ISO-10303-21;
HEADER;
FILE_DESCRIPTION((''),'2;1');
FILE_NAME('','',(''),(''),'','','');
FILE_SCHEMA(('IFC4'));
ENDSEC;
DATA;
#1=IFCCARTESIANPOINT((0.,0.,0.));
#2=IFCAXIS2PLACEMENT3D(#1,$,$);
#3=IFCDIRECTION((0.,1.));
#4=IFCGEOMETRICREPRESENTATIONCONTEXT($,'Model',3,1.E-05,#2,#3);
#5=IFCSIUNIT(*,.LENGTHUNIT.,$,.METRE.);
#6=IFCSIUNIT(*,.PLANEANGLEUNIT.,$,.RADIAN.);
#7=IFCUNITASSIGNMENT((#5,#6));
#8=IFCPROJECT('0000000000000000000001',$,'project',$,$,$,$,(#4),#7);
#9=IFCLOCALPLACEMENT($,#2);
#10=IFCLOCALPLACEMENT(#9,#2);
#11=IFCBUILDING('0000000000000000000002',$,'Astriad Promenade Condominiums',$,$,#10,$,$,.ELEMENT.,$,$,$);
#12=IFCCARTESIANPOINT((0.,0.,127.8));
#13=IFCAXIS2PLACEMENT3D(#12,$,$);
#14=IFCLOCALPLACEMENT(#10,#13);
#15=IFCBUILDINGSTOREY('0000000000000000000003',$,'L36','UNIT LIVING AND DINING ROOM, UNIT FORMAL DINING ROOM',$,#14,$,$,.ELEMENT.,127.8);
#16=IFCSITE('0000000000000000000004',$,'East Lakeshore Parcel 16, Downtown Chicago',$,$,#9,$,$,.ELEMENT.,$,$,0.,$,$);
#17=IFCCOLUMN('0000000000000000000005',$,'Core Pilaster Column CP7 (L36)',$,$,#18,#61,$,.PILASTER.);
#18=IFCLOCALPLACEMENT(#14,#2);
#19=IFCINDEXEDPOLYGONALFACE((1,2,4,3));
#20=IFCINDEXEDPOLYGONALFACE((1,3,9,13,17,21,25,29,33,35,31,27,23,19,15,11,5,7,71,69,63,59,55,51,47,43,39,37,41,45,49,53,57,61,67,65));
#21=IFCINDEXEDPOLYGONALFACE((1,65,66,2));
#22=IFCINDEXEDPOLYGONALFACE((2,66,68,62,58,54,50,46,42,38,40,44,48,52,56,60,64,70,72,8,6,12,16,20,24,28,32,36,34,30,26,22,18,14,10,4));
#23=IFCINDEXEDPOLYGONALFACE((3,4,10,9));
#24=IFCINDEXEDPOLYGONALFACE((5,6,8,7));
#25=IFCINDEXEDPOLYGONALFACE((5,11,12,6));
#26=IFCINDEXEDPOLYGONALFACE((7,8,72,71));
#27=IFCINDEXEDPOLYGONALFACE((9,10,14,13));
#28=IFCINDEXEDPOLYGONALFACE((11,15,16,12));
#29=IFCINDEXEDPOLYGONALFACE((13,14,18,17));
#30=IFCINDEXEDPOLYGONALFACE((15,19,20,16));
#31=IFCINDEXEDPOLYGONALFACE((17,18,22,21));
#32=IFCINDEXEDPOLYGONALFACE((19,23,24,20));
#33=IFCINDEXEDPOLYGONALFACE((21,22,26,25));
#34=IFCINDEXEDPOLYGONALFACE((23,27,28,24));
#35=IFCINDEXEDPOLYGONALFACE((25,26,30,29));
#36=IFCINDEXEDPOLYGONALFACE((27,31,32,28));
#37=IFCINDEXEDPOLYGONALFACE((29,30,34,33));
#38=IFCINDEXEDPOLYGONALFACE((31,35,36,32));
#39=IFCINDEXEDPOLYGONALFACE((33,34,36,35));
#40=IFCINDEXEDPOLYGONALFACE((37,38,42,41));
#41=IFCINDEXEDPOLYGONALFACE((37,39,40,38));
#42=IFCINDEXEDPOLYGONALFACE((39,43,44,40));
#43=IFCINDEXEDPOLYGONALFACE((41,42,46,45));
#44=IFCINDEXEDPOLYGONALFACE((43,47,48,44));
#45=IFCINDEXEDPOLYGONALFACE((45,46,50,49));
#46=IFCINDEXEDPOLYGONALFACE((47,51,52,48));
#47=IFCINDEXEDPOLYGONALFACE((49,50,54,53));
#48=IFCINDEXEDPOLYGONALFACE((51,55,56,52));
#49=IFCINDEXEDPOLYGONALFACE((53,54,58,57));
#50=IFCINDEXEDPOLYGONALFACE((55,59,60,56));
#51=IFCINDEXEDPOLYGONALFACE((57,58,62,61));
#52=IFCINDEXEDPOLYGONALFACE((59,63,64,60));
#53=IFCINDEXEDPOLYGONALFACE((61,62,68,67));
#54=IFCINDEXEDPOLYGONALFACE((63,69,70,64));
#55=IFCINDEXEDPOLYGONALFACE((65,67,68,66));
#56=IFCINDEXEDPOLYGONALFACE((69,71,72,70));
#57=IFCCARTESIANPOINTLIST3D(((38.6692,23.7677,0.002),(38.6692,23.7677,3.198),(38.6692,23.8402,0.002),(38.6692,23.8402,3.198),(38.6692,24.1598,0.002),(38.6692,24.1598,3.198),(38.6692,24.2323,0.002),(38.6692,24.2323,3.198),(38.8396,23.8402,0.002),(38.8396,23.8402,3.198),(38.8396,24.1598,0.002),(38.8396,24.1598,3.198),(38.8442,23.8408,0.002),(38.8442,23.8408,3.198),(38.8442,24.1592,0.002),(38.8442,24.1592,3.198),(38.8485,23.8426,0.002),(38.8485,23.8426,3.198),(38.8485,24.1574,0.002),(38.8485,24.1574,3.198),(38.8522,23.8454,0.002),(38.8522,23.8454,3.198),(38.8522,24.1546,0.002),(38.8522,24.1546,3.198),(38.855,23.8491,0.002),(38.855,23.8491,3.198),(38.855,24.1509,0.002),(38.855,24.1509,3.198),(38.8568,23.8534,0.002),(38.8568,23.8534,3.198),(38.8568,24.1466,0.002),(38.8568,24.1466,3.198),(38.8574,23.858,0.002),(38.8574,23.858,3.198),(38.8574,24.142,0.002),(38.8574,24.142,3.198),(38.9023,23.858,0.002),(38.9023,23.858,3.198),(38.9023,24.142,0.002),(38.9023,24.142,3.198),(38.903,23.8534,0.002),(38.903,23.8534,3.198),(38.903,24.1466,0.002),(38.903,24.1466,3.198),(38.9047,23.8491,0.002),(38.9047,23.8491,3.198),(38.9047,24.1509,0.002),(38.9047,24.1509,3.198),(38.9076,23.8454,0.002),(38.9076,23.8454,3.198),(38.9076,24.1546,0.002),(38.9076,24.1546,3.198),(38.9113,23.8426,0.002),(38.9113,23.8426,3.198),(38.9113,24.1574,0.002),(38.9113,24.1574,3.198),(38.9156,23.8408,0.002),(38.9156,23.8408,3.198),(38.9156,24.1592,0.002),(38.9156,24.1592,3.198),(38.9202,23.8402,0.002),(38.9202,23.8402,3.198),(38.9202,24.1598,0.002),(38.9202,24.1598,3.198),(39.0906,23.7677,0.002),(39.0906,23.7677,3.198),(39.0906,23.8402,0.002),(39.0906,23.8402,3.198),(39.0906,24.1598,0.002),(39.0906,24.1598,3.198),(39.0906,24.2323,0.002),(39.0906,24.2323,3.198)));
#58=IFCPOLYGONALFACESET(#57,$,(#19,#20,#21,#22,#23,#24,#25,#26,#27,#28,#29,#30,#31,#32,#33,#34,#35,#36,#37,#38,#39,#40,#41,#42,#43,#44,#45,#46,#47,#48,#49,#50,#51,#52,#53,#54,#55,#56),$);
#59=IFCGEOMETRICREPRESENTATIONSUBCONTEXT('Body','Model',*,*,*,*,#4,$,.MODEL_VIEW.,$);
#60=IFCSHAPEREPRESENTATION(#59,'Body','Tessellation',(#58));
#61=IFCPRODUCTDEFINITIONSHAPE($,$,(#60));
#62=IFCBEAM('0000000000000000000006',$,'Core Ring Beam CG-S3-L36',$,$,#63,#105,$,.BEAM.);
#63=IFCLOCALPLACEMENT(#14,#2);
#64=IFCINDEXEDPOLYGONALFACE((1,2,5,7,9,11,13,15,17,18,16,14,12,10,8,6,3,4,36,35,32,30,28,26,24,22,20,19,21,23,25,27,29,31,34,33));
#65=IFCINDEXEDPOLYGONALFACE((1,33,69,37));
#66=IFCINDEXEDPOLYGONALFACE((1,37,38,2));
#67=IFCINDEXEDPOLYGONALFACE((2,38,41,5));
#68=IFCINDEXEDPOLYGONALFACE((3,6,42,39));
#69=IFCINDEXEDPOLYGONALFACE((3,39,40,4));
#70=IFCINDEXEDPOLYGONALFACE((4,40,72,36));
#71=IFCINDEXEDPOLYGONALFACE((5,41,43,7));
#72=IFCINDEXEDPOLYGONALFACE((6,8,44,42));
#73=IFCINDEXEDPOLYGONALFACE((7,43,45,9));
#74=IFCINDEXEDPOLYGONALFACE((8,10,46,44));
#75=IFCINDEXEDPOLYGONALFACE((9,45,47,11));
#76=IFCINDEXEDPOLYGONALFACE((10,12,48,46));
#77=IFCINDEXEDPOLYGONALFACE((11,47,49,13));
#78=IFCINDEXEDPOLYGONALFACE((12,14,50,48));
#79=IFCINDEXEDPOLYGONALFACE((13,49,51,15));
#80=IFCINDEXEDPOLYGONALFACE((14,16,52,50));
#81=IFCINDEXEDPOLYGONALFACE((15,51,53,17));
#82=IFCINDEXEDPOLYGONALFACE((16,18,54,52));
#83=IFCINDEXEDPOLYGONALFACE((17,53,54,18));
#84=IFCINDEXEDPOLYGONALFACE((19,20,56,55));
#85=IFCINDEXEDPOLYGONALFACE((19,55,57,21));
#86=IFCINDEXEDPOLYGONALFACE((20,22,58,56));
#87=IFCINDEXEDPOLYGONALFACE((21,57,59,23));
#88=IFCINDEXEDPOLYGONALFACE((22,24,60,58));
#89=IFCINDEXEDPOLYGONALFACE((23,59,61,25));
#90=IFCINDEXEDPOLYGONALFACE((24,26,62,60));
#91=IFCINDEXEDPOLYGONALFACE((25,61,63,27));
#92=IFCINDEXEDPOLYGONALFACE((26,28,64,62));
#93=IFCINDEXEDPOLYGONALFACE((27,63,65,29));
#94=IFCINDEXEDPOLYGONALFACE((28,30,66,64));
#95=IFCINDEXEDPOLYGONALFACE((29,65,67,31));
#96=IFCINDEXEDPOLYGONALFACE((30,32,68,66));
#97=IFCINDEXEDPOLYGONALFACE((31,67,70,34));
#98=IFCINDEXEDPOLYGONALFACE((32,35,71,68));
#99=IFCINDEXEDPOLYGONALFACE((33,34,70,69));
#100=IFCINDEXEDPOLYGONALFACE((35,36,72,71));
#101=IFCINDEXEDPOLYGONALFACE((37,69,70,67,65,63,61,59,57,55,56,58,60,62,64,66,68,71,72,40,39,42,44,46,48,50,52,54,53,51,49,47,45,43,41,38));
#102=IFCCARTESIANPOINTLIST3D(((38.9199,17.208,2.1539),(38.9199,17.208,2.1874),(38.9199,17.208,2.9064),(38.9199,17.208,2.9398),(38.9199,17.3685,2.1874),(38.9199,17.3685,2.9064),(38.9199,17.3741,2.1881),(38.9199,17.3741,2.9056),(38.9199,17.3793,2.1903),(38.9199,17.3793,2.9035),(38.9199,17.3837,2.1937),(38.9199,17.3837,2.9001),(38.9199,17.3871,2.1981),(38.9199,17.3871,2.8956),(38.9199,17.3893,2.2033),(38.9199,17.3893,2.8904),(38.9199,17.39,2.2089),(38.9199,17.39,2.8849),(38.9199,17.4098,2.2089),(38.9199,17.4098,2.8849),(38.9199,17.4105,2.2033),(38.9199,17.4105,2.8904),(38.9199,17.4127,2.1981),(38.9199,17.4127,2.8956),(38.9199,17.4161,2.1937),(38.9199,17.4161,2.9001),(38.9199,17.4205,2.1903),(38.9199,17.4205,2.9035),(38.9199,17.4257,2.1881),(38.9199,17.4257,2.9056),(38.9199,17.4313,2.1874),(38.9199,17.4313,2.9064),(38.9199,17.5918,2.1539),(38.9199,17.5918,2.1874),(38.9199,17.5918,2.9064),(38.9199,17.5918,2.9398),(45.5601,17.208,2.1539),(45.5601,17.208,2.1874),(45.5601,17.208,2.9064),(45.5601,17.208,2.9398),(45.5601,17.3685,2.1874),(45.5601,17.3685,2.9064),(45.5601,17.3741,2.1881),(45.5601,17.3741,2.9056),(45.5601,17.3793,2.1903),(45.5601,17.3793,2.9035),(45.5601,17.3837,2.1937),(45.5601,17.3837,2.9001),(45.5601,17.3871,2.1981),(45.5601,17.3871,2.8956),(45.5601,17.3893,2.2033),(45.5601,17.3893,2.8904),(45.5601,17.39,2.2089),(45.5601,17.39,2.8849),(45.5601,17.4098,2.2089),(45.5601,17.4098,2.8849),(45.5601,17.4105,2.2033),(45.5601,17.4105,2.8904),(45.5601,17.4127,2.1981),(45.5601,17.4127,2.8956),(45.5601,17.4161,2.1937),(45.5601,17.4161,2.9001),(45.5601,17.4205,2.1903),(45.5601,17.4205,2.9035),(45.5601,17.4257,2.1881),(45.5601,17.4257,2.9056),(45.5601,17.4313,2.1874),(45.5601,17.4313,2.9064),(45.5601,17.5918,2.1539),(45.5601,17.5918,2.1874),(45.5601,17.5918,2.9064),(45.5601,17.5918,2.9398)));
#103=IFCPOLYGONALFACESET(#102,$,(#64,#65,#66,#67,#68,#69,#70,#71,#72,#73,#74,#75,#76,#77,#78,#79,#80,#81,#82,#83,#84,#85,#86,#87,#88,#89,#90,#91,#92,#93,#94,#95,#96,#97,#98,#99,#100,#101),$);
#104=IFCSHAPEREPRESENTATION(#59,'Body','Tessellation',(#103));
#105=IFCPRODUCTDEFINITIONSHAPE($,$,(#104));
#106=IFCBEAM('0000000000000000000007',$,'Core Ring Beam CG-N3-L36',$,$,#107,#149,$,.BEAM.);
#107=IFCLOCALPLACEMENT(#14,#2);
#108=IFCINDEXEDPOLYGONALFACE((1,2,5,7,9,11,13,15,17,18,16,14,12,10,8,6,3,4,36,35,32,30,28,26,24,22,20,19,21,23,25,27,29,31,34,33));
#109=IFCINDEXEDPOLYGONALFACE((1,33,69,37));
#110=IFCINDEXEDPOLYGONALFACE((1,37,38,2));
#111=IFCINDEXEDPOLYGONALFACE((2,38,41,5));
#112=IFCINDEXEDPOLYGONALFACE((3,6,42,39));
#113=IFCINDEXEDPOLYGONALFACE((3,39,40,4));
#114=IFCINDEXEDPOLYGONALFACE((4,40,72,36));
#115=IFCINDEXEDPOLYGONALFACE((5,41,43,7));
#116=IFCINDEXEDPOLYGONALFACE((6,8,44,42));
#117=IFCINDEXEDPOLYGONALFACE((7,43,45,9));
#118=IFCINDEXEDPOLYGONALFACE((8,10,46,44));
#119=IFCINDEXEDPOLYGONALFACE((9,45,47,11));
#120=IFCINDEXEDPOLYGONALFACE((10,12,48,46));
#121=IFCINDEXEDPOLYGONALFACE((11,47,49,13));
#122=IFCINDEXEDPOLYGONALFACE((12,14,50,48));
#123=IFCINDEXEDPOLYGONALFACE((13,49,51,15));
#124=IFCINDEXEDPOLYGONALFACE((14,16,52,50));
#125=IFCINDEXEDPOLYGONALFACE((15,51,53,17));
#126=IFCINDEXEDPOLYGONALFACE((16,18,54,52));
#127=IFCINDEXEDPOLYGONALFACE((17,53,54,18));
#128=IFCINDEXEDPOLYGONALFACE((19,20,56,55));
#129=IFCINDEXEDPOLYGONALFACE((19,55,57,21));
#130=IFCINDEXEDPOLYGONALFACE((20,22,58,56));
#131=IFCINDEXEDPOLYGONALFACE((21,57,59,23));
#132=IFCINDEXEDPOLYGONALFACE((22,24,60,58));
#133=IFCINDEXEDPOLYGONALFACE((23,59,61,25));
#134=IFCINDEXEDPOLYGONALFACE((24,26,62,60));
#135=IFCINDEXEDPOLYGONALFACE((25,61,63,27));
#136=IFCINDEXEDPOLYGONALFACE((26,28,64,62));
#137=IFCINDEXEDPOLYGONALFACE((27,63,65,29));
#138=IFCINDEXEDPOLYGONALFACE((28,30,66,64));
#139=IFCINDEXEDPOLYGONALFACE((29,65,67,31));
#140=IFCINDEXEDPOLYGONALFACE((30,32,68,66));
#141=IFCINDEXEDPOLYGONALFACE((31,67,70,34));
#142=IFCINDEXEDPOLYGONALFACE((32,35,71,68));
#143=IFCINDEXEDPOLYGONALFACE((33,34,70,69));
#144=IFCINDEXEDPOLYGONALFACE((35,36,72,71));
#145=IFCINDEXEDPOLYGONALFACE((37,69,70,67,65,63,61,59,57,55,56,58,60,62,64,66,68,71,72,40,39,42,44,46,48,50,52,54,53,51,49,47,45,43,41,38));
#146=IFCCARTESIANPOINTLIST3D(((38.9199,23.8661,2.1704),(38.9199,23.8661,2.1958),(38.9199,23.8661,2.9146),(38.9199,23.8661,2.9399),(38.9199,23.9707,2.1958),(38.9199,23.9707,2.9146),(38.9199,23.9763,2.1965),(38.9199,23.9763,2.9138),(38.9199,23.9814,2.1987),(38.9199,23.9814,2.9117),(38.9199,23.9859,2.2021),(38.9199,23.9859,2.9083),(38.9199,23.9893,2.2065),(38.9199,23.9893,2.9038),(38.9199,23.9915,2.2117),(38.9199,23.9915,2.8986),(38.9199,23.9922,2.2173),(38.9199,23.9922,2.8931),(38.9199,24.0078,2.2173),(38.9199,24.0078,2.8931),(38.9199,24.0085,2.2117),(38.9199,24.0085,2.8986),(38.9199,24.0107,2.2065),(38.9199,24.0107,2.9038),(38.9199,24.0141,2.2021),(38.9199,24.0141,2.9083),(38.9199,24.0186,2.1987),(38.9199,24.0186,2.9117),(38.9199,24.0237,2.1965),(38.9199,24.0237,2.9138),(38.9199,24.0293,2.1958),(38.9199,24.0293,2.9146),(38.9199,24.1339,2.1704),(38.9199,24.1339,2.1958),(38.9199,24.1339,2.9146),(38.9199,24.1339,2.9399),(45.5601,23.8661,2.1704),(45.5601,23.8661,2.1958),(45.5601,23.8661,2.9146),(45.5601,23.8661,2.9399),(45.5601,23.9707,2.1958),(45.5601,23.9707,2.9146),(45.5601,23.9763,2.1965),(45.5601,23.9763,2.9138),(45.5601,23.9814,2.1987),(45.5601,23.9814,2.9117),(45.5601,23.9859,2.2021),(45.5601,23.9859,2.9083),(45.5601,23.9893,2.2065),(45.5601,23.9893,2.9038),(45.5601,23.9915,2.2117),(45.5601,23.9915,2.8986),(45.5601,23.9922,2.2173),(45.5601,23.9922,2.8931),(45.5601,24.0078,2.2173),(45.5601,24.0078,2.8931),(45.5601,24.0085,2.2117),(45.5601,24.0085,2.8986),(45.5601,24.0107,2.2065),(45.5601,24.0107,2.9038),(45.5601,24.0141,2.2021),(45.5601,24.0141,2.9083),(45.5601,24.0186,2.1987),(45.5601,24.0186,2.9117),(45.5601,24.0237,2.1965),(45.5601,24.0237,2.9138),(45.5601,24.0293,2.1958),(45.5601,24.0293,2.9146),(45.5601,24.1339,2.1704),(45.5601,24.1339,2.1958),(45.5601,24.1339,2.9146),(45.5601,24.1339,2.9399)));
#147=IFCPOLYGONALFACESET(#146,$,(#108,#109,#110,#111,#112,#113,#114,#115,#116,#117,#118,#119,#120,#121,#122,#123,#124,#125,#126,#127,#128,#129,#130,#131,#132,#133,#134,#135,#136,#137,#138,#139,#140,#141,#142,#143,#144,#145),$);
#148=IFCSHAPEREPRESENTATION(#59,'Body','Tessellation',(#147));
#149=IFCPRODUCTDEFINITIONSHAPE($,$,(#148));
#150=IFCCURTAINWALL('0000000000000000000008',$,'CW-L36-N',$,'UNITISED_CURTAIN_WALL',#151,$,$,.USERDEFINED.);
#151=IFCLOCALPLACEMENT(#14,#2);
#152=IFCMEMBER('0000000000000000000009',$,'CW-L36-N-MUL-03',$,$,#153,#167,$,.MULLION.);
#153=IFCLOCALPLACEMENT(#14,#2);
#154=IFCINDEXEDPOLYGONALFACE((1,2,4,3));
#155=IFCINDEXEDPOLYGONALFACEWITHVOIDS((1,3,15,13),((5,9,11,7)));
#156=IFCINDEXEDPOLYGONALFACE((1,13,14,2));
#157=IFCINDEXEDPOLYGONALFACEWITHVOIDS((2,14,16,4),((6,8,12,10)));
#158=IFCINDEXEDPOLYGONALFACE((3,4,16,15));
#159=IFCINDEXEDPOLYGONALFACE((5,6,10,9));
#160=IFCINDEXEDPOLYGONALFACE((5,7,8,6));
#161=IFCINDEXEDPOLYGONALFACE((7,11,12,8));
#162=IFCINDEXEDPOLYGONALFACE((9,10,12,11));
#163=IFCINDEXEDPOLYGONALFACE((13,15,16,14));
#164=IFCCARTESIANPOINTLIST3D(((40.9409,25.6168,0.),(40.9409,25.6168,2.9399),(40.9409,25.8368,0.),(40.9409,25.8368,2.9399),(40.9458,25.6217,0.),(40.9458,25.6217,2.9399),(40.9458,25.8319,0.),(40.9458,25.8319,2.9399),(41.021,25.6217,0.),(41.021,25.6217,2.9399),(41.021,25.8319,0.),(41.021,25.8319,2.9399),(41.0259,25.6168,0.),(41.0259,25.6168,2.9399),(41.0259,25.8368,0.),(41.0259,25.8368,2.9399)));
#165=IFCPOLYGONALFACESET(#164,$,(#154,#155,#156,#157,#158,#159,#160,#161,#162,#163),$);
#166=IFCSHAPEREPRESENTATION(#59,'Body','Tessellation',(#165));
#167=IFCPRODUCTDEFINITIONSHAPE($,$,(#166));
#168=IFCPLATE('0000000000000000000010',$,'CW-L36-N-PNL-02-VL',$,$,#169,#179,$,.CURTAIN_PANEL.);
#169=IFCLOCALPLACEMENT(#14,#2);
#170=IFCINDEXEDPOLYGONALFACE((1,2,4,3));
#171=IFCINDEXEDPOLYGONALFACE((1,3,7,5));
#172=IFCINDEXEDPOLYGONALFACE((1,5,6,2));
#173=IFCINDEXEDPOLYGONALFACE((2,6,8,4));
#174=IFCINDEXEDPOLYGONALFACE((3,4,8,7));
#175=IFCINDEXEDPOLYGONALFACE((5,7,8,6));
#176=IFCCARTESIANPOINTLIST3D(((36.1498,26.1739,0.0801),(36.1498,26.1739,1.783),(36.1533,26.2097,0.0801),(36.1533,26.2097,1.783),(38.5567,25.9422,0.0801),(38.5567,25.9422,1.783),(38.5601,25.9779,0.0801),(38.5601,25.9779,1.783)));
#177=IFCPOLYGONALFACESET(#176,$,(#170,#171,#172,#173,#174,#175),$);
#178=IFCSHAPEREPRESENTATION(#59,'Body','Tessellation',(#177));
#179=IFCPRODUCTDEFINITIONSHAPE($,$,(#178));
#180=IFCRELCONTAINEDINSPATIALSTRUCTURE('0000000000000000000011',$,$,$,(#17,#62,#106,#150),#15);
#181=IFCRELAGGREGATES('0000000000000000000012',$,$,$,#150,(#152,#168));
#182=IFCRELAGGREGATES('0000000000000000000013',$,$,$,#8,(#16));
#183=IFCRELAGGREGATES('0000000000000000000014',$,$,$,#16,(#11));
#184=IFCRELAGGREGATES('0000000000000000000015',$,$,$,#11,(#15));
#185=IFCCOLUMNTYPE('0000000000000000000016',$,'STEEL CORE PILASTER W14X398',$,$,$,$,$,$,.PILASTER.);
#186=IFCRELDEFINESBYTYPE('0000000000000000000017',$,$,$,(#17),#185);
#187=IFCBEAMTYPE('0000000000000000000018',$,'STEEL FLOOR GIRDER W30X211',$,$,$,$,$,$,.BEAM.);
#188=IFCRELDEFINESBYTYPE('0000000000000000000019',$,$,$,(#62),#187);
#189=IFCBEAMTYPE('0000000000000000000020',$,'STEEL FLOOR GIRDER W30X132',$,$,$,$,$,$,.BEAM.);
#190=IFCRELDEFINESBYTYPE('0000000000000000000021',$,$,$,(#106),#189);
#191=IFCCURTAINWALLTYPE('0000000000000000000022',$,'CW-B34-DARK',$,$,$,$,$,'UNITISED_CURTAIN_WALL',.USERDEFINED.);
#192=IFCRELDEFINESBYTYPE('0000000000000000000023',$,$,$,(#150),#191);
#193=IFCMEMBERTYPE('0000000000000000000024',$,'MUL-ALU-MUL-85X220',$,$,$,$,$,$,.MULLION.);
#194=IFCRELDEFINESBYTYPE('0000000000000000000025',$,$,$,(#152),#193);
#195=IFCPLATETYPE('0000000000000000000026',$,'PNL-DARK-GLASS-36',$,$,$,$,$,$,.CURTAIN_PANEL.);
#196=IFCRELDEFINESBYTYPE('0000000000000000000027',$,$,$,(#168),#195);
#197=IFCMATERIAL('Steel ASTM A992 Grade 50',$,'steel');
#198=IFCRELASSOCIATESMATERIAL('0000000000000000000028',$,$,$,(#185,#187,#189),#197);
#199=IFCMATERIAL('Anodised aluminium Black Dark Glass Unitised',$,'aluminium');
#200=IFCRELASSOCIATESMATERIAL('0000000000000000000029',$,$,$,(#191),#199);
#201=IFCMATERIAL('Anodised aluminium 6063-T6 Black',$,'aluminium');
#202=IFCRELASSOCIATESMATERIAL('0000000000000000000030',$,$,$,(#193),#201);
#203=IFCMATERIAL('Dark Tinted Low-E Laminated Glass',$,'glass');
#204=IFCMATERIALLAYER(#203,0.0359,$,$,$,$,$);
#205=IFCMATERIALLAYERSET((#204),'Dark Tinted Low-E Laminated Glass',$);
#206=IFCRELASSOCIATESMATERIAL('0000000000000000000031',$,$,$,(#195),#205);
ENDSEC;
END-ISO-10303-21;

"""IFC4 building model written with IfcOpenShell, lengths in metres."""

from ifc_helpers import new_model, si_unit, direction, frame, origin, origin_2d, place, context, subcontext, project, spatial, rectangle, hollow_rectangle, i_section, extrude, source, transform, mapped, material, layer, layer_set, material_profile, profile_set, type_object, type_shapes, element, aggregate, save


model = new_model("IFC4")

# Units and contexts
model_context = context("Model", 3, precision=1e-05, world=origin(), true_north=direction((0.0, 1.0)))
body_context = subcontext(model_context, "Body", "Model", "MODEL_VIEW")
ifc_project = project(units=[si_unit("LENGTHUNIT", "METRE"), si_unit("PLANEANGLEUNIT", "RADIAN")], contexts=[model_context])

# Site, building, storey
site_placement = place(None, origin())
site = spatial("IfcSite", under=ifc_project, at=site_placement, Name="East Lakeshore Parcel 16, Downtown Chicago", CompositionType="ELEMENT", RefElevation=0.0)
building_placement = place(site_placement, origin())
building = spatial("IfcBuilding", under=site, at=building_placement, Name="Astriad Promenade Condominiums", CompositionType="ELEMENT")
storey_placement = place(building_placement, frame((0.0, 0.0, 127.8)))
storey = spatial("IfcBuildingStorey", under=building, at=storey_placement, Name="L36", Description="UNIT LIVING AND DINING ROOM, UNIT FORMAL DINING ROOM", CompositionType="ELEMENT", Elevation=127.8)

# Column
ifc_material_1 = material(Name="Steel ASTM A992 Grade 50", Category="steel")
ifc_material_profile_1 = material_profile(ifc_material_1, i_section(OverallWidth=0.4214, OverallDepth=0.4646, WebThickness=0.0449, FlangeThickness=0.0725, FilletRadius=0.0178, at=origin_2d()), Name="W14X398")
ifc_profile_set_1 = profile_set([ifc_material_profile_1], Name="Steel ASTM A992 Grade 50")
column_type = type_object("IfcColumnType", Name="STEEL CORE PILASTER W14X398", PredefinedType="PILASTER", material=ifc_profile_set_1)
shared_shape_1 = source(origin(), body_context, "Body", "SweptSolid", [
    extrude(i_section(OverallWidth=0.4214, OverallDepth=0.4646, WebThickness=0.0449, FlangeThickness=0.0725, FilletRadius=0.0178, at=origin_2d()), origin(), (0.0, 0.0, 1.0), 3.196),
])
type_shapes(column_type, [shared_shape_1])
column_placement = place(storey_placement, frame((38.8799, 24.0, 0.002), z_axis=(0.0, 0.0, 1.0), x_axis=(1.0, 0.0, 0.0)))
element("IfcColumn", 1, at=column_placement, inside=storey, type_object=column_type, Name="Core Pilaster Column CP7 (L36)", PredefinedType="PILASTER", context=body_context, shape_type="MappedRepresentation", body=[
    mapped(shared_shape_1, transform((0.0, 0.0, 0.0), scale=1.0)),
])

# Beams
ifc_material_profile_2 = material_profile(ifc_material_1, i_section(OverallWidth=0.3838, OverallDepth=0.7859, WebThickness=0.0198, FlangeThickness=0.0334, FilletRadius=0.0215, at=origin_2d()), Name="W30X211")
ifc_profile_set_2 = profile_set([ifc_material_profile_2], Name="Steel ASTM A992 Grade 50")
beam_type_1 = type_object("IfcBeamType", Name="STEEL FLOOR GIRDER W30X211", PredefinedType="BEAM", material=ifc_profile_set_2)
shared_shape_2 = source(origin(), body_context, "Body", "SweptSolid", [
    extrude(i_section(OverallWidth=0.3838, OverallDepth=0.7859, WebThickness=0.0198, FlangeThickness=0.0334, FilletRadius=0.0215, at=origin_2d()), origin(), (0.0, 0.0, 1.0), 6.6401),
])
type_shapes(beam_type_1, [shared_shape_2])
beam_1_placement = place(storey_placement, frame((38.9199, 17.3999, 2.5469), z_axis=(1.0, 0.0, 0.0), x_axis=(0.0, 1.0, 0.0)))
element("IfcBeam", 2, at=beam_1_placement, inside=storey, type_object=beam_type_1, Name="Core Ring Beam CG-S3-L36", PredefinedType="BEAM", context=body_context, shape_type="MappedRepresentation", body=[
    mapped(shared_shape_2, transform((0.0, 0.0, 0.0), scale=1.0)),
])
ifc_material_profile_3 = material_profile(ifc_material_1, i_section(OverallWidth=0.2678, OverallDepth=0.7695, WebThickness=0.0156, FlangeThickness=0.0254, FilletRadius=0.0215, at=origin_2d()), Name="W30X132")
ifc_profile_set_3 = profile_set([ifc_material_profile_3], Name="Steel ASTM A992 Grade 50")
beam_type_2 = type_object("IfcBeamType", Name="STEEL FLOOR GIRDER W30X132", PredefinedType="BEAM", material=ifc_profile_set_3)
shared_shape_3 = source(origin(), body_context, "Body", "SweptSolid", [
    extrude(i_section(OverallWidth=0.2678, OverallDepth=0.7695, WebThickness=0.0156, FlangeThickness=0.0254, FilletRadius=0.0215, at=origin_2d()), origin(), (0.0, 0.0, 1.0), 6.6401),
])
type_shapes(beam_type_2, [shared_shape_3])
beam_2_placement = place(storey_placement, frame((38.9199, 24.0, 2.5552), z_axis=(1.0, 0.0, 0.0), x_axis=(0.0, 1.0, 0.0)))
element("IfcBeam", 3, at=beam_2_placement, inside=storey, type_object=beam_type_2, Name="Core Ring Beam CG-N3-L36", PredefinedType="BEAM", context=body_context, shape_type="MappedRepresentation", body=[
    mapped(shared_shape_3, transform((0.0, 0.0, 0.0), scale=1.0)),
])

# Curtain wall, member, plate
ifc_material_2 = material(Name="Anodised aluminium Black Dark Glass Unitised", Category="aluminium")
curtain_wall_type = type_object("IfcCurtainWallType", Name="CW-B34-DARK", ElementType="UNITISED_CURTAIN_WALL", PredefinedType="USERDEFINED", material=ifc_material_2)
curtain_wall_placement = place(storey_placement, origin())
curtain_wall = element("IfcCurtainWall", 4, at=curtain_wall_placement, inside=storey, type_object=curtain_wall_type, Name="CW-L36-N", ObjectType="UNITISED_CURTAIN_WALL", PredefinedType="USERDEFINED")
ifc_material_3 = material(Name="Anodised aluminium 6063-T6 Black", Category="aluminium")
ifc_material_profile_4 = material_profile(ifc_material_3, hollow_rectangle(XDim=0.085, YDim=0.22, WallThickness=0.0049, at=origin_2d()), Name="ALU-MUL-85X220")
ifc_profile_set_4 = profile_set([ifc_material_profile_4], Name="Anodised aluminium 6063-T6 Black")
member_type = type_object("IfcMemberType", Name="MUL-ALU-MUL-85X220", PredefinedType="MULLION", material=ifc_profile_set_4)
shared_shape_4 = source(origin(), body_context, "Body", "SweptSolid", [
    extrude(hollow_rectangle(XDim=0.085, YDim=0.22, WallThickness=0.0049, at=origin_2d()), origin(), (0.0, 0.0, 1.0), 2.9399),
])
type_shapes(member_type, [shared_shape_4])
member_placement = place(storey_placement, frame((40.9834, 25.7268, 0.0), z_axis=(0.0, 0.0, 1.0), x_axis=(1.0, 0.0, 0.0)))
member = element("IfcMember", 5, at=member_placement, type_object=member_type, Name="CW-L36-N-MUL-03", PredefinedType="MULLION", context=body_context, shape_type="MappedRepresentation", body=[
    mapped(shared_shape_4, transform((0.0, 0.0, 0.0), scale=1.0)),
])
ifc_material_4 = material(Name="Dark Tinted Low-E Laminated Glass", Category="glass")
ifc_layer_1 = layer(ifc_material_4, 0.0359)
ifc_layer_set_1 = layer_set([ifc_layer_1], Name="Dark Tinted Low-E Laminated Glass")
plate_type = type_object("IfcPlateType", Name="PNL-DARK-GLASS-36", PredefinedType="CURTAIN_PANEL", material=ifc_layer_set_1)
shared_shape_5 = source(origin(), body_context, "Body", "SweptSolid", [
    extrude(rectangle(XDim=2.418, YDim=0.0359, at=origin_2d()), origin(), (0.0, 0.0, 1.0), 1.7029),
])
plate_1_placement = place(storey_placement, frame((37.355, 26.0759, 0.0801), z_axis=(0.0, 0.0, 1.0), x_axis=(0.995396, -0.095846, 0.0)))
plate_1 = element("IfcPlate", 6, at=plate_1_placement, type_object=plate_type, Name="CW-L36-N-PNL-02-VL", PredefinedType="CURTAIN_PANEL", context=body_context, shape_type="MappedRepresentation", body=[
    mapped(shared_shape_5, transform((0.0, 0.0, 0.0), scale=1.0)),
])
aggregate(curtain_wall, [member, plate_1])

save(model, "model.ifc")
